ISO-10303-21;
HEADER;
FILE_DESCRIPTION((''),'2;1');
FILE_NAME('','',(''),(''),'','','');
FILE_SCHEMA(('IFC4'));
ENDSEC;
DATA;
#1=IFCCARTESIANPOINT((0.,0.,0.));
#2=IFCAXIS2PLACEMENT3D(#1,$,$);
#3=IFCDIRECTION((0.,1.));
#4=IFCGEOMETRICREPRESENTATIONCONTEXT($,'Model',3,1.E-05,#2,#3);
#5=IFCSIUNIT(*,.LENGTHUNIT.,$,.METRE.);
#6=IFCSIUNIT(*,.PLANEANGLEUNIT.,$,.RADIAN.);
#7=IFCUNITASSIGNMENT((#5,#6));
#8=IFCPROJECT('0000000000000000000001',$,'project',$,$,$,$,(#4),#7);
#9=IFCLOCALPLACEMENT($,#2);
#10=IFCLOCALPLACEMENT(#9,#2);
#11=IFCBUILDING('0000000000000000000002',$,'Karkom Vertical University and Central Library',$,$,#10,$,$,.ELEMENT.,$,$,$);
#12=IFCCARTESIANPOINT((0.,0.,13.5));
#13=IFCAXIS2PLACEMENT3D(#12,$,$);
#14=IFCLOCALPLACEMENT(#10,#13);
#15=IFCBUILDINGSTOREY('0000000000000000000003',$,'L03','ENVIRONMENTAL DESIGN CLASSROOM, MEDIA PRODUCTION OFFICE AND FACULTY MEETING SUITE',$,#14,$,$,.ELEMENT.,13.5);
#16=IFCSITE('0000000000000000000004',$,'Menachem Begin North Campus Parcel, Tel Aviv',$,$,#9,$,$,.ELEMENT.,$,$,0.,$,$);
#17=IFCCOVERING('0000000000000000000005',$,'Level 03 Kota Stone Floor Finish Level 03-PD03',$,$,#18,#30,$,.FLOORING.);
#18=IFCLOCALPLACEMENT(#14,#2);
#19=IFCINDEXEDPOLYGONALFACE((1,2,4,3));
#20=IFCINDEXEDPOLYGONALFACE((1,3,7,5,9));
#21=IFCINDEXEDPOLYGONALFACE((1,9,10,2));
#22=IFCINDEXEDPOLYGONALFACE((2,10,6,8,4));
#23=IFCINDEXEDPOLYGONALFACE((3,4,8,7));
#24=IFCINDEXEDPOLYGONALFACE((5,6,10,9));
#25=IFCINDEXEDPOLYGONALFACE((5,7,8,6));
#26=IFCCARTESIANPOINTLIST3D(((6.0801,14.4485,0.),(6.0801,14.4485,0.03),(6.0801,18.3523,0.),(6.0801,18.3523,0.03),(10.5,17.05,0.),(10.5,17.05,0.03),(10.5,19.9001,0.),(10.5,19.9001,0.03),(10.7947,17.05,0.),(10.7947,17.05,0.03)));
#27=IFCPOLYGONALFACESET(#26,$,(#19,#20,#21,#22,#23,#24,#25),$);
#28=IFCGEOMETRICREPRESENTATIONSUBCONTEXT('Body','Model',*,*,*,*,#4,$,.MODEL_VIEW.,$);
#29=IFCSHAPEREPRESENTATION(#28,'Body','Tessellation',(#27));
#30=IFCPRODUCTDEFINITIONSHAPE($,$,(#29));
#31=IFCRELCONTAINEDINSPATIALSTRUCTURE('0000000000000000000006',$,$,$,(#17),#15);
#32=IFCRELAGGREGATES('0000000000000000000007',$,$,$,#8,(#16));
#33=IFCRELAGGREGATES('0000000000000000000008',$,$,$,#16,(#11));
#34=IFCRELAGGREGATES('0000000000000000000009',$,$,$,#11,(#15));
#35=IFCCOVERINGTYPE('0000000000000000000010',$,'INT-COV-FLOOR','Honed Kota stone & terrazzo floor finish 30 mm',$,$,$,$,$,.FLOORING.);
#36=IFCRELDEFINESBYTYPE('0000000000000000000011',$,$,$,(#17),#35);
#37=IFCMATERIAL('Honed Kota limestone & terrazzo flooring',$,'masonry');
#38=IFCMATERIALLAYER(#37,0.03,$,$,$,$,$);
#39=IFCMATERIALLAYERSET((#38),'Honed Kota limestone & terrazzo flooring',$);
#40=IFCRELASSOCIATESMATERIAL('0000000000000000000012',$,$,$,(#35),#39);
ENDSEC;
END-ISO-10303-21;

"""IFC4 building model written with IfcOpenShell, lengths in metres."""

from ifc_helpers import new_model, si_unit, direction, frame, origin, place, context, subcontext, project, spatial, polyline, outline, extrude, material, layer, layer_set, type_object, element, save


model = new_model("IFC4")

# Units and contexts
model_context = context("Model", 3, precision=1e-05, world=origin(), true_north=direction((0.0, 1.0)))
body_context = subcontext(model_context, "Body", "Model", "MODEL_VIEW")
ifc_project = project(units=[si_unit("LENGTHUNIT", "METRE"), si_unit("PLANEANGLEUNIT", "RADIAN")], contexts=[model_context])

# Site, building, storey
site_placement = place(None, origin())
site = spatial("IfcSite", under=ifc_project, at=site_placement, Name="Menachem Begin North Campus Parcel, Tel Aviv", CompositionType="ELEMENT", RefElevation=0.0)
building_placement = place(site_placement, origin())
building = spatial("IfcBuilding", under=site, at=building_placement, Name="Karkom Vertical University and Central Library", CompositionType="ELEMENT")
storey_placement = place(building_placement, frame((0.0, 0.0, 13.5)))
storey = spatial("IfcBuildingStorey", under=building, at=storey_placement, Name="L03", Description="ENVIRONMENTAL DESIGN CLASSROOM, MEDIA PRODUCTION OFFICE AND FACULTY MEETING SUITE", CompositionType="ELEMENT", Elevation=13.5)

# Covering
ifc_material_1 = material(Name="Honed Kota limestone & terrazzo flooring", Category="masonry")
ifc_layer_1 = layer(ifc_material_1, 0.03)
ifc_layer_set_1 = layer_set([ifc_layer_1], Name="Honed Kota limestone & terrazzo flooring")
covering_type_1 = type_object("IfcCoveringType", Name="INT-COV-FLOOR", Description="Honed Kota stone & terrazzo floor finish 30 mm", PredefinedType="FLOORING", material=ifc_layer_set_1)
covering_1_placement = place(storey_placement, origin())
element("IfcCovering", 1, at=covering_1_placement, inside=storey, type_object=covering_type_1, Name="Level 03 Kota Stone Floor Finish Level 03-PD03", PredefinedType="FLOORING", context=body_context, shape_type="SweptSolid", body=[
    extrude(outline(polyline([(6.0801, 14.4485), (6.0801, 18.3523), (10.5, 19.9001), (10.5, 17.05), (10.7947, 17.05), (6.0801, 14.4485)])), origin(), (0.0, 0.0, 1.0), 0.03),
])

save(model, "model.ifc")
